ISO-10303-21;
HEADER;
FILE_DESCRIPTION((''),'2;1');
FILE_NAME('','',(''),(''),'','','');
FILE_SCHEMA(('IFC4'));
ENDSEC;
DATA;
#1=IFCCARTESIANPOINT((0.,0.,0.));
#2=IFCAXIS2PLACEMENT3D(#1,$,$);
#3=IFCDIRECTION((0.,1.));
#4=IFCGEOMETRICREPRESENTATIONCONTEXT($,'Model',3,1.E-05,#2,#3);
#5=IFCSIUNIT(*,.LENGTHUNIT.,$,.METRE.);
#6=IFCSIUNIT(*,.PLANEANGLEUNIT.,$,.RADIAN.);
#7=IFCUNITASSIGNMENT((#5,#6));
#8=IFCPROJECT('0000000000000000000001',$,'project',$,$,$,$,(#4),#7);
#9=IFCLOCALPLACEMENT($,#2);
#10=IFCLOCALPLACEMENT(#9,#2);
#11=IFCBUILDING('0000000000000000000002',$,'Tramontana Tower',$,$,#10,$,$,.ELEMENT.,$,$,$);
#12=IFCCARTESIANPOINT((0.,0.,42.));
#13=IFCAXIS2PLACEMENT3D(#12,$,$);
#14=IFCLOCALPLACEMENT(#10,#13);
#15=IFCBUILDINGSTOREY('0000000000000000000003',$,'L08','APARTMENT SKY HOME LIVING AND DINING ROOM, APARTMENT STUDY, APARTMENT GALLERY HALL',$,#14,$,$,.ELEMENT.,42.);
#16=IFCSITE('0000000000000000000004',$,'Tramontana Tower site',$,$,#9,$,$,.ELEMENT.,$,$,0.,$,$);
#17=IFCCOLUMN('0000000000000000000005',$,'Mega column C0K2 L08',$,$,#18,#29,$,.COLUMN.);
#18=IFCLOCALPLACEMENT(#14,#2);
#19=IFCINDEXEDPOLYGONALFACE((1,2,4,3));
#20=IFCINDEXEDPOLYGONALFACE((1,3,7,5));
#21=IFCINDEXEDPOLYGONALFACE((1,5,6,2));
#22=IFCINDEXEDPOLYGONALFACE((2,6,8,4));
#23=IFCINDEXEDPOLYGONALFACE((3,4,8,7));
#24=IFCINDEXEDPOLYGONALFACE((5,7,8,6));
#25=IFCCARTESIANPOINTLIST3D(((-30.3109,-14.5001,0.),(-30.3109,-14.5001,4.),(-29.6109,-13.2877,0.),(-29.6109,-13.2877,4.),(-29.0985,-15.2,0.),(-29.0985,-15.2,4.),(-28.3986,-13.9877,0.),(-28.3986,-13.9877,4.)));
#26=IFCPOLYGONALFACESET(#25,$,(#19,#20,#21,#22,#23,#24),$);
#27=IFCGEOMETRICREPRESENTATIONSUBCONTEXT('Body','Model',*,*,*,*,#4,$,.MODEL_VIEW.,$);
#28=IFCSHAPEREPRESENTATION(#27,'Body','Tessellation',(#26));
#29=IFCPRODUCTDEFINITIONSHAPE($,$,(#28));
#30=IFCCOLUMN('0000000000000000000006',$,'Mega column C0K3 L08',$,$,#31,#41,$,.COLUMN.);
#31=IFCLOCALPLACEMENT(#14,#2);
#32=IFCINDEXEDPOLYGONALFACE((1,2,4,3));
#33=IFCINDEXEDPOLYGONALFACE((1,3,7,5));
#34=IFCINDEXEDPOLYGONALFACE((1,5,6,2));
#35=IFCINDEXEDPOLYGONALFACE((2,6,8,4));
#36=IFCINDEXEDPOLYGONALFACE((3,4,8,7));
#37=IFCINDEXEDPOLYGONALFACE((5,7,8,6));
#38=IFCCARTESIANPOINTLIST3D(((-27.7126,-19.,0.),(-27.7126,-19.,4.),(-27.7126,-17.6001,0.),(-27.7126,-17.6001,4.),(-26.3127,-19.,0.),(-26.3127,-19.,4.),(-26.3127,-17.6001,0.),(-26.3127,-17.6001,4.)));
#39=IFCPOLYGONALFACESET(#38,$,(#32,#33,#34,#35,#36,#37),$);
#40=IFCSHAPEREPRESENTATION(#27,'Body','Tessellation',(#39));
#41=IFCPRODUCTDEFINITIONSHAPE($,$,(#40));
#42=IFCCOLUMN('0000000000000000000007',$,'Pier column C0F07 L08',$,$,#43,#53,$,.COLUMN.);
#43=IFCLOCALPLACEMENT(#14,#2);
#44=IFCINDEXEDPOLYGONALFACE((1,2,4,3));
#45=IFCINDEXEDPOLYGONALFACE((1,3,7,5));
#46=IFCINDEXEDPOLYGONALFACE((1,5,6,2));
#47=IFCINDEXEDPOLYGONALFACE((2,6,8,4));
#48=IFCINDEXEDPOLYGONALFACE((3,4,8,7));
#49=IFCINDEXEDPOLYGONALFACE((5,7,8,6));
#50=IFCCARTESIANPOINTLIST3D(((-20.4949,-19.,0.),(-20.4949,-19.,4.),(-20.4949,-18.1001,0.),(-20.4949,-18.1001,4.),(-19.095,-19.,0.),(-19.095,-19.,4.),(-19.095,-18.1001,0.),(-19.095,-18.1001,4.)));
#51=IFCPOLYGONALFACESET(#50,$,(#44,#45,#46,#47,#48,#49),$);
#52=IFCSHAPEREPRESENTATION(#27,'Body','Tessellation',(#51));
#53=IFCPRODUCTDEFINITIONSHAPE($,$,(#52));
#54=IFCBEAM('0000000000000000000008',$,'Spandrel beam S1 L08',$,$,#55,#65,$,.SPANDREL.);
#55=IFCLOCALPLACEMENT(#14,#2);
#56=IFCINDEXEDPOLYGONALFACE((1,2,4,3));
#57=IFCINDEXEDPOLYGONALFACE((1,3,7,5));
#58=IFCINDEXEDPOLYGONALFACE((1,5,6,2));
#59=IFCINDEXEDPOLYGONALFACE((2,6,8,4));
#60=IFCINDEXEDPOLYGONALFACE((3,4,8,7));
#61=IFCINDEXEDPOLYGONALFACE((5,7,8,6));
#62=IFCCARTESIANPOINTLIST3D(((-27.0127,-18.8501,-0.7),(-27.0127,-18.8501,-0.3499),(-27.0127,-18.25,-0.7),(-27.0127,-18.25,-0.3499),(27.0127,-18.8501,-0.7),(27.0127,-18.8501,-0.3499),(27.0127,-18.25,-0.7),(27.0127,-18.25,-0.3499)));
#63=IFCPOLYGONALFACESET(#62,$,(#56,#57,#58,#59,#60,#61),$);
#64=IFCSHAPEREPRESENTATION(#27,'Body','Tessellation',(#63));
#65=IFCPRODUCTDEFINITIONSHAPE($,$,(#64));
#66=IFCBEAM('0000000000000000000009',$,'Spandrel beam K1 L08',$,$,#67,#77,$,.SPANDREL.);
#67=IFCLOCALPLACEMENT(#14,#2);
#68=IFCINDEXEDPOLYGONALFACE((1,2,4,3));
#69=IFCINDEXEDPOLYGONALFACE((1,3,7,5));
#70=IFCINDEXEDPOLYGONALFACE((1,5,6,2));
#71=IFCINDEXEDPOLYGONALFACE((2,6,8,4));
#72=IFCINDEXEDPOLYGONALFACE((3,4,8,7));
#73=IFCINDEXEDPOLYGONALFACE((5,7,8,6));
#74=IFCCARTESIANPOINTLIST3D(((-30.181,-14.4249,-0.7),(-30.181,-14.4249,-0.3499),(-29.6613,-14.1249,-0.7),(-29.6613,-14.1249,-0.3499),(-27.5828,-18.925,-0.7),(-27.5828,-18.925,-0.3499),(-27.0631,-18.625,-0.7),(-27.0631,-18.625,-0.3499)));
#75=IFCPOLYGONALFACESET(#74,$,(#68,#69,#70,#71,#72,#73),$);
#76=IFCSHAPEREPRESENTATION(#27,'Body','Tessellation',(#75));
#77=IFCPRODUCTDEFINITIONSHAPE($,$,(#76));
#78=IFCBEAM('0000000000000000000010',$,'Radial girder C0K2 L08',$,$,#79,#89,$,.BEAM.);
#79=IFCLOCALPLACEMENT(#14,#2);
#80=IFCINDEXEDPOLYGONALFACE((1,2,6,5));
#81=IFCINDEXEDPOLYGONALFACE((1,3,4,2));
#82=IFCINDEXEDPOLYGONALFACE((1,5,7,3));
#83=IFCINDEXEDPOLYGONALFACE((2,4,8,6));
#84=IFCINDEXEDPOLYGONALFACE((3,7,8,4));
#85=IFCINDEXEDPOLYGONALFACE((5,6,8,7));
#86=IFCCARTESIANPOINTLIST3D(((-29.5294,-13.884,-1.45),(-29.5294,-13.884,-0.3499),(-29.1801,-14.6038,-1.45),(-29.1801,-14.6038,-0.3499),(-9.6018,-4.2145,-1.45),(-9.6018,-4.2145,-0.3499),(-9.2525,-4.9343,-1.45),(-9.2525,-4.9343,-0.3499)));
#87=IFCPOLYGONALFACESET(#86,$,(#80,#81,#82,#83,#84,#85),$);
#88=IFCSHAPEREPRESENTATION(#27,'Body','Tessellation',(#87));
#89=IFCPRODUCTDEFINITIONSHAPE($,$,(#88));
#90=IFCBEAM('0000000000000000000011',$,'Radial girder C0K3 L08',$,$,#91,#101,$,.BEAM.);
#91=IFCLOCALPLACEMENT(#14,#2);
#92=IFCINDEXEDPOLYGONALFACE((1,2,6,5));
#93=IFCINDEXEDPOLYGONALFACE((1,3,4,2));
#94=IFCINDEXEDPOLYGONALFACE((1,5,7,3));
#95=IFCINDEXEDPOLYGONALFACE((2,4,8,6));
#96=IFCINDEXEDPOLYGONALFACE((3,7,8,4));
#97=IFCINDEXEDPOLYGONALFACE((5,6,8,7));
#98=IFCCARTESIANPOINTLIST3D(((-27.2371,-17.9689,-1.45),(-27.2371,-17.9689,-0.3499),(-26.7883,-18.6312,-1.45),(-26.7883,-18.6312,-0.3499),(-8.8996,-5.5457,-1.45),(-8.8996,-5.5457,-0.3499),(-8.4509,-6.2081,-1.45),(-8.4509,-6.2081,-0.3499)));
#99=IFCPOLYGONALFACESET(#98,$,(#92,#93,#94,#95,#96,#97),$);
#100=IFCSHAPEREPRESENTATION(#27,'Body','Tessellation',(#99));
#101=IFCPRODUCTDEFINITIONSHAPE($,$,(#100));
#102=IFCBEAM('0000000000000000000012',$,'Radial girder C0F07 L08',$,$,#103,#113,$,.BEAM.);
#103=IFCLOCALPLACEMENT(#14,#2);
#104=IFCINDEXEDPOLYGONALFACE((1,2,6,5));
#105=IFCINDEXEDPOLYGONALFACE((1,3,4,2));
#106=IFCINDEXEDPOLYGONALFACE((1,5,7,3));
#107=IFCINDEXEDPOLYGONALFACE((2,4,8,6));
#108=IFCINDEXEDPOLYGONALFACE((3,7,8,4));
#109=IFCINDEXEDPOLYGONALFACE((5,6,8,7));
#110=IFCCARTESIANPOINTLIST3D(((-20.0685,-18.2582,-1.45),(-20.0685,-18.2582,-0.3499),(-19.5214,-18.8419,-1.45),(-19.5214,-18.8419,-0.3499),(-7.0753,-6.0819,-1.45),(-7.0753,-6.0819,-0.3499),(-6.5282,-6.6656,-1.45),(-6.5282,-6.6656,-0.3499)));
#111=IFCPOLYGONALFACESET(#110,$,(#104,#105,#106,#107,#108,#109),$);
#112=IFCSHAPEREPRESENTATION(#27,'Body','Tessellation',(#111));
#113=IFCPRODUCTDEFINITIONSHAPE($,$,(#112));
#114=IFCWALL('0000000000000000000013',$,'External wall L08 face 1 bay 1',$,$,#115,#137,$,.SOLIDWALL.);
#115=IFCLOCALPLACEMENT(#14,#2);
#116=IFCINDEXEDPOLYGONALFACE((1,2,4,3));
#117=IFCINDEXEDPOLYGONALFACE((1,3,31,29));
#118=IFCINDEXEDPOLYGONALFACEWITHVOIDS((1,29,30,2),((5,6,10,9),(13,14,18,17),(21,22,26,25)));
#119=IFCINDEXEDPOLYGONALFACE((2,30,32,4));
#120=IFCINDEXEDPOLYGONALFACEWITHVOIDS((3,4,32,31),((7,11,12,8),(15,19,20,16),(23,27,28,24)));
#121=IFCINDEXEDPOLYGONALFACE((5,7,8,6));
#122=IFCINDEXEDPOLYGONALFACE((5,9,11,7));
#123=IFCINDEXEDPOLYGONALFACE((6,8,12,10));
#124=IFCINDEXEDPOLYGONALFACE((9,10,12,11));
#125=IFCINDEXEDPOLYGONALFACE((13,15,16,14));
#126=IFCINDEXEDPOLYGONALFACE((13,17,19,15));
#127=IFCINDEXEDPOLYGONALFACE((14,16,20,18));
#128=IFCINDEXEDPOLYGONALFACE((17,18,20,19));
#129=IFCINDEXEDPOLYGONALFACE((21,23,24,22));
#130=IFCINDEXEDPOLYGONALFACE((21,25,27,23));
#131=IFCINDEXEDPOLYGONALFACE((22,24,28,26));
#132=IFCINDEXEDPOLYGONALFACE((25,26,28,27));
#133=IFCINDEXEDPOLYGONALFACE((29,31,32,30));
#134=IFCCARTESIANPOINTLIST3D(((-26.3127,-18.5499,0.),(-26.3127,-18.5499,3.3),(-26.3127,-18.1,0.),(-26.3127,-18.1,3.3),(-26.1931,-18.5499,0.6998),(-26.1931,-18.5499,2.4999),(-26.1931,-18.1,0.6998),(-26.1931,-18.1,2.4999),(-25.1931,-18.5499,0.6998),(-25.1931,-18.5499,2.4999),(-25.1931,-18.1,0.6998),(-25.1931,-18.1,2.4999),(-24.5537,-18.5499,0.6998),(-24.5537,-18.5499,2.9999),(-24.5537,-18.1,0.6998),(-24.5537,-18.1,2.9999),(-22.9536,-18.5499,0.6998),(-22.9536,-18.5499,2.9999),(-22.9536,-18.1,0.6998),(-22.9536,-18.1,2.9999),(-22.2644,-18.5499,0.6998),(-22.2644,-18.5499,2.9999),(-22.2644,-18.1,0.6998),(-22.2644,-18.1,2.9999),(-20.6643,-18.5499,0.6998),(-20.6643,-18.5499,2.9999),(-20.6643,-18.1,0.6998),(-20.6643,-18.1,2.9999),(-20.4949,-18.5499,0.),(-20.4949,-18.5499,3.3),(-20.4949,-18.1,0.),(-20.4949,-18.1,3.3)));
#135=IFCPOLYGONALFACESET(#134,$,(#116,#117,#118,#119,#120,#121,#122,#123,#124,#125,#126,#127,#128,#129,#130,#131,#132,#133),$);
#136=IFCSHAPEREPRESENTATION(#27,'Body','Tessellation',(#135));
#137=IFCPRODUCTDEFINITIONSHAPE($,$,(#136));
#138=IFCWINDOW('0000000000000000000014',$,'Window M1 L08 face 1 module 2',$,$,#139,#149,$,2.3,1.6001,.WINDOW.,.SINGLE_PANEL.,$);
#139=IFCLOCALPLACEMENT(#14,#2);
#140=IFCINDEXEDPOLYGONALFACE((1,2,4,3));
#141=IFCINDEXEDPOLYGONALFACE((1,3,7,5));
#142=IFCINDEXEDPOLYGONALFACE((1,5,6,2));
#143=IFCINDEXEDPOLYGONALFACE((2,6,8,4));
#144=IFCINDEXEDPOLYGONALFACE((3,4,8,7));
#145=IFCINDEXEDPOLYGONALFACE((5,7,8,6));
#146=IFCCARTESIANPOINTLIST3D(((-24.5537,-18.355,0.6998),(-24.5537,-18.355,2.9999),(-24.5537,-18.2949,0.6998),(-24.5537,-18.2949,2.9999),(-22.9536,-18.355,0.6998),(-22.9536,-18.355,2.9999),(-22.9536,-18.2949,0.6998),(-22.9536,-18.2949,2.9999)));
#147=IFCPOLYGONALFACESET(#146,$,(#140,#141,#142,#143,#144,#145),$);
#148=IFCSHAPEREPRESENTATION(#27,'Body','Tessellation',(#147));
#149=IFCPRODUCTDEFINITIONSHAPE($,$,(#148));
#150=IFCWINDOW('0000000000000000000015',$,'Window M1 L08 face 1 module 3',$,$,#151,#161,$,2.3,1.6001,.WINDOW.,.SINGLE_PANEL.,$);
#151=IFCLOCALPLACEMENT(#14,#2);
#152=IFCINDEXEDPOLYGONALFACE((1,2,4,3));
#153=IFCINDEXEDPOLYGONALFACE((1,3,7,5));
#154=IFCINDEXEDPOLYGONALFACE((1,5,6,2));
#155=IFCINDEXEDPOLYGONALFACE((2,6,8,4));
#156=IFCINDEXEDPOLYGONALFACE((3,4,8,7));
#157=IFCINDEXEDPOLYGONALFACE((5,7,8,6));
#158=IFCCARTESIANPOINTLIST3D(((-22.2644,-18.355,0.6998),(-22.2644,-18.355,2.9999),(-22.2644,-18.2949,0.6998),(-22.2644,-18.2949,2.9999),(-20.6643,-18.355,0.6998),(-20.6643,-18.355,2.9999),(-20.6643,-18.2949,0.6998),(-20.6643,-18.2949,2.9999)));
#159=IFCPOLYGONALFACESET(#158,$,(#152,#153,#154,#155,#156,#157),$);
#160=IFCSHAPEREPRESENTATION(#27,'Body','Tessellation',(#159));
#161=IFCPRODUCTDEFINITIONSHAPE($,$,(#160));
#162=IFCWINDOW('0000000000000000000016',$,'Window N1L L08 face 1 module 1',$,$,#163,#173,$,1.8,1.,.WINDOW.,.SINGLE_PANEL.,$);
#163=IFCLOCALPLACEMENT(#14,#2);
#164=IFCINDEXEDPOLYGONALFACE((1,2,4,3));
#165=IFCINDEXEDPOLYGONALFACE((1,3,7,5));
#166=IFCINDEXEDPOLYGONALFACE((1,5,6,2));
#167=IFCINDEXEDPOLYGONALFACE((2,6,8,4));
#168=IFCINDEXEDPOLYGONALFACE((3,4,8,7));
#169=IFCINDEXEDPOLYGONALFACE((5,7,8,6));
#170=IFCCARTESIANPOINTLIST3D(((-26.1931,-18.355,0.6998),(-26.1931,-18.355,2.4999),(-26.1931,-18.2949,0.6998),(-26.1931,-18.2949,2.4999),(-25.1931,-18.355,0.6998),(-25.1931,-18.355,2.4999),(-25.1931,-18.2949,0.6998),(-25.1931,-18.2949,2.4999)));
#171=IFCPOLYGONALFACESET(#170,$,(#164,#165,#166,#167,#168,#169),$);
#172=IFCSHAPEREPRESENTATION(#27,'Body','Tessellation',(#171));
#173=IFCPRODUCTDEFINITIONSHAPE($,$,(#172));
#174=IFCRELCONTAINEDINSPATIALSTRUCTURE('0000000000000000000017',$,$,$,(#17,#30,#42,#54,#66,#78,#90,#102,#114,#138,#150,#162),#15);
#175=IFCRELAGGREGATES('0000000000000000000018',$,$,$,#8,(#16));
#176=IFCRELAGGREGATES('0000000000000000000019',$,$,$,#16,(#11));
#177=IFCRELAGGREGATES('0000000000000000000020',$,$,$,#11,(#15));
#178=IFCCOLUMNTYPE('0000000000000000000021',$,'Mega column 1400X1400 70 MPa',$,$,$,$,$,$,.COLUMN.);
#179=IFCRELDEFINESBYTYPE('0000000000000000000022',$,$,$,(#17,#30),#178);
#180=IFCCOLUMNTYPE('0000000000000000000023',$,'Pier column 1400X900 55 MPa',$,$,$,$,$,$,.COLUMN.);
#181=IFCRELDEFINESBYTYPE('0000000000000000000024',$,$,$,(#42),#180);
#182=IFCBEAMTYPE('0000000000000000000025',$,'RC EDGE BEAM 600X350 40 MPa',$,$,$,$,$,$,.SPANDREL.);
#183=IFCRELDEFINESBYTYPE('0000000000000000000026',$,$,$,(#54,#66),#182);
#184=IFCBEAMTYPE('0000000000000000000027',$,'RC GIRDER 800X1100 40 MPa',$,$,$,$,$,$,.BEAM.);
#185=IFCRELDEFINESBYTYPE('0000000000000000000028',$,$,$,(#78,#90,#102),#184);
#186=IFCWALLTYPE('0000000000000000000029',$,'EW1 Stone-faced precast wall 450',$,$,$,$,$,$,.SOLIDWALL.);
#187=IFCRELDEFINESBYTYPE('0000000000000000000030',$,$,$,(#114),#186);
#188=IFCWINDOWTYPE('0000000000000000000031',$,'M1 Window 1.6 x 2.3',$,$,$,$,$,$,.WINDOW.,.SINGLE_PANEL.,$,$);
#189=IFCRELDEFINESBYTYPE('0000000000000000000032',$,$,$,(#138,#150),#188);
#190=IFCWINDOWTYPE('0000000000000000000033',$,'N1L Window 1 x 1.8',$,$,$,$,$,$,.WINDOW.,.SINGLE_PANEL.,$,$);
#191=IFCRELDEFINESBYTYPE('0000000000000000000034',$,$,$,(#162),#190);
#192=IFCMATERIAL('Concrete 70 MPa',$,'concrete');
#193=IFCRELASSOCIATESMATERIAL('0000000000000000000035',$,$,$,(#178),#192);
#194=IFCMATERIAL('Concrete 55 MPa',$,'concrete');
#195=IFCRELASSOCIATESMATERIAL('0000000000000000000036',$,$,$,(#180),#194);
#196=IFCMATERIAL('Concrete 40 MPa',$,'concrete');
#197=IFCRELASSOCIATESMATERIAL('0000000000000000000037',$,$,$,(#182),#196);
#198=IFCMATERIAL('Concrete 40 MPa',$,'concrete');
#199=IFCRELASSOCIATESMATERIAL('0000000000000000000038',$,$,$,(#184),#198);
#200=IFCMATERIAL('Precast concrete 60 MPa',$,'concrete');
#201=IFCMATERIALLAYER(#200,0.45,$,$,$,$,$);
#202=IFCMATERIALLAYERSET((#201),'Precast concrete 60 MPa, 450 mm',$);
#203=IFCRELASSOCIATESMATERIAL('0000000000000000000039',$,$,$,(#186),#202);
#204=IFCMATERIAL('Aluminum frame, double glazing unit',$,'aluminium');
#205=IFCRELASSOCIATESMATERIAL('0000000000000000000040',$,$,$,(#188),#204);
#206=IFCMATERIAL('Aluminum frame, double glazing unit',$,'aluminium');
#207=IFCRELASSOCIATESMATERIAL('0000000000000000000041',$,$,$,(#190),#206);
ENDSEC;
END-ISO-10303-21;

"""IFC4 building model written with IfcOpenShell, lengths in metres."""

from ifc_helpers import new_model, si_unit, direction, frame, frame_2d, origin, origin_2d, place, context, subcontext, project, spatial, rectangle, extrude, material, layer, layer_set, material_profile, profile_set, type_object, element, fill, save


model = new_model("IFC4")

# Units and contexts
model_context = context("Model", 3, precision=1e-05, world=origin(), true_north=direction((0.0, 1.0)))
body_context = subcontext(model_context, "Body", "Model", "MODEL_VIEW")
ifc_project = project(units=[si_unit("LENGTHUNIT", "METRE"), si_unit("PLANEANGLEUNIT", "RADIAN")], contexts=[model_context])

# Site, building, storey
site_placement = place(None, origin())
site = spatial("IfcSite", under=ifc_project, at=site_placement, Name="Tramontana Tower site", CompositionType="ELEMENT", RefElevation=0.0)
building_placement = place(site_placement, origin())
building = spatial("IfcBuilding", under=site, at=building_placement, Name="Tramontana Tower", CompositionType="ELEMENT")
storey_placement = place(building_placement, frame((0.0, 0.0, 42.0)))
storey = spatial("IfcBuildingStorey", under=building, at=storey_placement, Name="L08", Description="APARTMENT SKY HOME LIVING AND DINING ROOM, APARTMENT STUDY, APARTMENT GALLERY HALL", CompositionType="ELEMENT", Elevation=42.0)

# Columns
ifc_material_1 = material(Name="Concrete 70 MPa", Category="concrete")
ifc_material_profile_1 = material_profile(ifc_material_1, rectangle(XDim=1.3999, YDim=1.3999, at=origin_2d()), Name="Mega column 1400X1400 70 MPa")
ifc_profile_set_1 = profile_set([ifc_material_profile_1], Name="Concrete 70 MPa")
column_type_1 = type_object("IfcColumnType", Name="Mega column 1400X1400 70 MPa", PredefinedType="COLUMN", material=ifc_profile_set_1)
for number, where, z_axis, x_axis, name in (
    (1, (-29.3547, -14.2439, 0.0), (0.0, 0.0, 1.0), (-0.5, -0.866025, 0.0), "Mega column C0K2 L08"),
    (2, (-27.0127, -18.3, 0.0), (0.0, 0.0, 1.0), (1.0, 0.0, 0.0), "Mega column C0K3 L08"),
):
    element("IfcColumn", number, at=place(storey_placement, frame(where, z_axis=z_axis, x_axis=x_axis)), inside=storey, type_object=column_type_1, Name=name, PredefinedType="COLUMN", context=body_context, shape_type="SweptSolid", body=[
        extrude(rectangle(XDim=1.3999, YDim=1.3999, at=origin_2d()), origin(), (0.0, 0.0, 1.0), 4.0),
    ])
ifc_material_2 = material(Name="Concrete 55 MPa", Category="concrete")
ifc_material_profile_2 = material_profile(ifc_material_2, rectangle(XDim=1.3999, YDim=0.8999, at=origin_2d()), Name="Pier column 1400X900 55 MPa")
ifc_profile_set_2 = profile_set([ifc_material_profile_2], Name="Concrete 55 MPa")
column_type_2 = type_object("IfcColumnType", Name="Pier column 1400X900 55 MPa", PredefinedType="COLUMN", material=ifc_profile_set_2)
column_placement = place(storey_placement, frame((-19.7949, -18.55, 0.0), z_axis=(0.0, 0.0, 1.0), x_axis=(1.0, 0.0, 0.0)))
element("IfcColumn", 3, at=column_placement, inside=storey, type_object=column_type_2, Name="Pier column C0F07 L08", PredefinedType="COLUMN", context=body_context, shape_type="SweptSolid", body=[
    extrude(rectangle(XDim=1.3999, YDim=0.8999, at=origin_2d()), origin(), (0.0, 0.0, 1.0), 4.0),
])

# Beams
ifc_material_3 = material(Name="Concrete 40 MPa", Category="concrete")
ifc_material_profile_3 = material_profile(ifc_material_3, rectangle(XDim=0.6001, YDim=0.3501, at=origin_2d()), Name="RC EDGE BEAM 600X350 40 MPa")
ifc_profile_set_3 = profile_set([ifc_material_profile_3], Name="Concrete 40 MPa")
beam_type_1 = type_object("IfcBeamType", Name="RC EDGE BEAM 600X350 40 MPa", PredefinedType="SPANDREL", material=ifc_profile_set_3)
beam_1_placement = place(storey_placement, frame((-27.0127, -18.55, -0.5249), z_axis=(1.0, 0.0, 0.0), x_axis=(0.0, 1.0, 0.0)))
element("IfcBeam", 4, at=beam_1_placement, inside=storey, type_object=beam_type_1, Name="Spandrel beam S1 L08", PredefinedType="SPANDREL", context=body_context, shape_type="SweptSolid", body=[
    extrude(rectangle(XDim=0.6001, YDim=0.3501, at=origin_2d()), origin(), (0.0, 0.0, 1.0), 54.0254),
])
beam_2_placement = place(storey_placement, frame((-29.9211, -14.2749, -0.5249), z_axis=(0.50001, -0.86602, 0.0), x_axis=(0.86602, 0.50001, 0.0)))
element("IfcBeam", 5, at=beam_2_placement, inside=storey, type_object=beam_type_1, Name="Spandrel beam K1 L08", PredefinedType="SPANDREL", context=body_context, shape_type="SweptSolid", body=[
    extrude(rectangle(XDim=0.6001, YDim=0.3501, at=origin_2d()), origin(), (0.0, 0.0, 1.0), 5.1963),
])
ifc_material_4 = material(Name="Concrete 40 MPa", Category="concrete")
ifc_material_profile_4 = material_profile(ifc_material_4, rectangle(XDim=0.8, YDim=1.1001, at=origin_2d()), Name="RC GIRDER 800X1100 40 MPa")
ifc_profile_set_4 = profile_set([ifc_material_profile_4], Name="Concrete 40 MPa")
beam_type_2 = type_object("IfcBeamType", Name="RC GIRDER 800X1100 40 MPa", PredefinedType="BEAM", material=ifc_profile_set_4)
beam_3_placement = place(storey_placement, frame((-29.3547, -14.2439, -0.8999), z_axis=(0.899679, 0.436552, 0.0), x_axis=(-0.436552, 0.899679, 0.0)))
element("IfcBeam", 6, at=beam_3_placement, inside=storey, type_object=beam_type_2, Name="Radial girder C0K2 L08", PredefinedType="BEAM", context=body_context, shape_type="SweptSolid", body=[
    extrude(rectangle(XDim=0.8, YDim=1.1001, at=origin_2d()), origin(), (0.0, 0.0, 1.0), 22.1497),
])
beam_4_placement = place(storey_placement, frame((-27.0127, -18.3, -0.8999), z_axis=(0.827898, 0.560879, 0.0), x_axis=(-0.560879, 0.827898, 0.0)))
element("IfcBeam", 7, at=beam_4_placement, inside=storey, type_object=beam_type_2, Name="Radial girder C0K3 L08", PredefinedType="BEAM", context=body_context, shape_type="SweptSolid", body=[
    extrude(rectangle(XDim=0.8, YDim=1.1001, at=origin_2d()), origin(), (0.0, 0.0, 1.0), 22.1494),
])
beam_5_placement = place(storey_placement, frame((-19.7949, -18.55, -0.8999), z_axis=(0.729672, 0.683797, 0.0), x_axis=(-0.683797, 0.729672, 0.0)))
element("IfcBeam", 8, at=beam_5_placement, inside=storey, type_object=beam_type_2, Name="Radial girder C0F07 L08", PredefinedType="BEAM", context=body_context, shape_type="SweptSolid", body=[
    extrude(rectangle(XDim=0.8, YDim=1.1001, at=origin_2d()), origin(), (0.0, 0.0, 1.0), 17.8069),
])

# Wall, openings, windows
ifc_material_5 = material(Name="Precast concrete 60 MPa", Category="concrete")
ifc_layer_1 = layer(ifc_material_5, 0.45)
ifc_layer_set_1 = layer_set([ifc_layer_1], Name="Precast concrete 60 MPa, 450 mm")
wall_type_1 = type_object("IfcWallType", Name="EW1 Stone-faced precast wall 450", PredefinedType="SOLIDWALL", material=ifc_layer_set_1)
wall_1_placement = place(storey_placement, frame((-26.3127, -18.325, 0.0), z_axis=(0.0, 0.0, 1.0), x_axis=(1.0, 0.0, 0.0)))
wall_1 = element("IfcWall", 9, at=wall_1_placement, inside=storey, type_object=wall_type_1, Name="External wall L08 face 1 bay 1", PredefinedType="SOLIDWALL", context=body_context, shape_type="SweptSolid", body=[
    extrude(rectangle(XDim=5.8179, YDim=0.45, at=frame_2d((2.9089, 0.0))), origin(), (0.0, 0.0, 1.0), 3.3),
])
opening_1_placement = place(wall_1_placement, frame((0.1196, 0.0, 0.7)))
opening_1 = element("IfcOpeningElement", 10, at=opening_1_placement, cuts=wall_1, PredefinedType="OPENING", context=body_context, shape_type="SweptSolid", body=[
    extrude(rectangle(XDim=1.0, YDim=1.8, at=frame_2d((0.5, 0.8999))), frame((0.0, 0.2349, 0.0), z_axis=(0.0, -1.0, 0.0), x_axis=(1.0, 0.0, 0.0)), (0.0, 0.0, 1.0), 0.47),
])
opening_2_placement = place(wall_1_placement, frame((1.759, 0.0, 0.7)))
opening_2 = element("IfcOpeningElement", 11, at=opening_2_placement, cuts=wall_1, PredefinedType="OPENING", context=body_context, shape_type="SweptSolid", body=[
    extrude(rectangle(XDim=1.6001, YDim=2.3, at=frame_2d((0.8, 1.1499))), frame((0.0, 0.2349, 0.0), z_axis=(0.0, -1.0, 0.0), x_axis=(1.0, 0.0, 0.0)), (0.0, 0.0, 1.0), 0.47),
])
opening_3_placement = place(wall_1_placement, frame((4.0483, 0.0, 0.7)))
opening_3 = element("IfcOpeningElement", 12, at=opening_3_placement, cuts=wall_1, PredefinedType="OPENING", context=body_context, shape_type="SweptSolid", body=[
    extrude(rectangle(XDim=1.6001, YDim=2.3, at=frame_2d((0.8, 1.1499))), frame((0.0, 0.2349, 0.0), z_axis=(0.0, -1.0, 0.0), x_axis=(1.0, 0.0, 0.0)), (0.0, 0.0, 1.0), 0.47),
])
ifc_material_6 = material(Name="Aluminum frame, double glazing unit", Category="aluminium")
window_type_1 = type_object("IfcWindowType", Name="M1 Window 1.6 x 2.3", PartitioningType="SINGLE_PANEL", PredefinedType="WINDOW", material=ifc_material_6)
window_1_placement = place(opening_2_placement, origin())
window_1 = element("IfcWindow", 13, at=window_1_placement, inside=storey, type_object=window_type_1, Name="Window M1 L08 face 1 module 2", OverallHeight=2.3, OverallWidth=1.6001, PartitioningType="SINGLE_PANEL", PredefinedType="WINDOW", context=body_context, shape_type="SweptSolid", body=[
    extrude(rectangle(XDim=1.6001, YDim=2.3, at=frame_2d((0.8, 1.1499))), frame((0.0, 0.03, 0.0), z_axis=(0.0, -1.0, 0.0), x_axis=(1.0, 0.0, 0.0)), (0.0, 0.0, 1.0), 0.0601),
])
fill(opening_2, window_1)
window_2_placement = place(opening_3_placement, origin())
window_2 = element("IfcWindow", 14, at=window_2_placement, inside=storey, type_object=window_type_1, Name="Window M1 L08 face 1 module 3", OverallHeight=2.3, OverallWidth=1.6001, PartitioningType="SINGLE_PANEL", PredefinedType="WINDOW", context=body_context, shape_type="SweptSolid", body=[
    extrude(rectangle(XDim=1.6001, YDim=2.3, at=frame_2d((0.8, 1.1499))), frame((0.0, 0.03, 0.0), z_axis=(0.0, -1.0, 0.0), x_axis=(1.0, 0.0, 0.0)), (0.0, 0.0, 1.0), 0.0601),
])
fill(opening_3, window_2)
ifc_material_7 = material(Name="Aluminum frame, double glazing unit", Category="aluminium")
window_type_2 = type_object("IfcWindowType", Name="N1L Window 1 x 1.8", PartitioningType="SINGLE_PANEL", PredefinedType="WINDOW", material=ifc_material_7)
window_3_placement = place(opening_1_placement, origin())
window_3 = element("IfcWindow", 15, at=window_3_placement, inside=storey, type_object=window_type_2, Name="Window N1L L08 face 1 module 1", OverallHeight=1.8, OverallWidth=1.0, PartitioningType="SINGLE_PANEL", PredefinedType="WINDOW", context=body_context, shape_type="SweptSolid", body=[
    extrude(rectangle(XDim=1.0, YDim=1.8, at=frame_2d((0.5, 0.8999))), frame((0.0, 0.03, 0.0), z_axis=(0.0, -1.0, 0.0), x_axis=(1.0, 0.0, 0.0)), (0.0, 0.0, 1.0), 0.0601),
])
fill(opening_1, window_3)

save(model, "model.ifc")
